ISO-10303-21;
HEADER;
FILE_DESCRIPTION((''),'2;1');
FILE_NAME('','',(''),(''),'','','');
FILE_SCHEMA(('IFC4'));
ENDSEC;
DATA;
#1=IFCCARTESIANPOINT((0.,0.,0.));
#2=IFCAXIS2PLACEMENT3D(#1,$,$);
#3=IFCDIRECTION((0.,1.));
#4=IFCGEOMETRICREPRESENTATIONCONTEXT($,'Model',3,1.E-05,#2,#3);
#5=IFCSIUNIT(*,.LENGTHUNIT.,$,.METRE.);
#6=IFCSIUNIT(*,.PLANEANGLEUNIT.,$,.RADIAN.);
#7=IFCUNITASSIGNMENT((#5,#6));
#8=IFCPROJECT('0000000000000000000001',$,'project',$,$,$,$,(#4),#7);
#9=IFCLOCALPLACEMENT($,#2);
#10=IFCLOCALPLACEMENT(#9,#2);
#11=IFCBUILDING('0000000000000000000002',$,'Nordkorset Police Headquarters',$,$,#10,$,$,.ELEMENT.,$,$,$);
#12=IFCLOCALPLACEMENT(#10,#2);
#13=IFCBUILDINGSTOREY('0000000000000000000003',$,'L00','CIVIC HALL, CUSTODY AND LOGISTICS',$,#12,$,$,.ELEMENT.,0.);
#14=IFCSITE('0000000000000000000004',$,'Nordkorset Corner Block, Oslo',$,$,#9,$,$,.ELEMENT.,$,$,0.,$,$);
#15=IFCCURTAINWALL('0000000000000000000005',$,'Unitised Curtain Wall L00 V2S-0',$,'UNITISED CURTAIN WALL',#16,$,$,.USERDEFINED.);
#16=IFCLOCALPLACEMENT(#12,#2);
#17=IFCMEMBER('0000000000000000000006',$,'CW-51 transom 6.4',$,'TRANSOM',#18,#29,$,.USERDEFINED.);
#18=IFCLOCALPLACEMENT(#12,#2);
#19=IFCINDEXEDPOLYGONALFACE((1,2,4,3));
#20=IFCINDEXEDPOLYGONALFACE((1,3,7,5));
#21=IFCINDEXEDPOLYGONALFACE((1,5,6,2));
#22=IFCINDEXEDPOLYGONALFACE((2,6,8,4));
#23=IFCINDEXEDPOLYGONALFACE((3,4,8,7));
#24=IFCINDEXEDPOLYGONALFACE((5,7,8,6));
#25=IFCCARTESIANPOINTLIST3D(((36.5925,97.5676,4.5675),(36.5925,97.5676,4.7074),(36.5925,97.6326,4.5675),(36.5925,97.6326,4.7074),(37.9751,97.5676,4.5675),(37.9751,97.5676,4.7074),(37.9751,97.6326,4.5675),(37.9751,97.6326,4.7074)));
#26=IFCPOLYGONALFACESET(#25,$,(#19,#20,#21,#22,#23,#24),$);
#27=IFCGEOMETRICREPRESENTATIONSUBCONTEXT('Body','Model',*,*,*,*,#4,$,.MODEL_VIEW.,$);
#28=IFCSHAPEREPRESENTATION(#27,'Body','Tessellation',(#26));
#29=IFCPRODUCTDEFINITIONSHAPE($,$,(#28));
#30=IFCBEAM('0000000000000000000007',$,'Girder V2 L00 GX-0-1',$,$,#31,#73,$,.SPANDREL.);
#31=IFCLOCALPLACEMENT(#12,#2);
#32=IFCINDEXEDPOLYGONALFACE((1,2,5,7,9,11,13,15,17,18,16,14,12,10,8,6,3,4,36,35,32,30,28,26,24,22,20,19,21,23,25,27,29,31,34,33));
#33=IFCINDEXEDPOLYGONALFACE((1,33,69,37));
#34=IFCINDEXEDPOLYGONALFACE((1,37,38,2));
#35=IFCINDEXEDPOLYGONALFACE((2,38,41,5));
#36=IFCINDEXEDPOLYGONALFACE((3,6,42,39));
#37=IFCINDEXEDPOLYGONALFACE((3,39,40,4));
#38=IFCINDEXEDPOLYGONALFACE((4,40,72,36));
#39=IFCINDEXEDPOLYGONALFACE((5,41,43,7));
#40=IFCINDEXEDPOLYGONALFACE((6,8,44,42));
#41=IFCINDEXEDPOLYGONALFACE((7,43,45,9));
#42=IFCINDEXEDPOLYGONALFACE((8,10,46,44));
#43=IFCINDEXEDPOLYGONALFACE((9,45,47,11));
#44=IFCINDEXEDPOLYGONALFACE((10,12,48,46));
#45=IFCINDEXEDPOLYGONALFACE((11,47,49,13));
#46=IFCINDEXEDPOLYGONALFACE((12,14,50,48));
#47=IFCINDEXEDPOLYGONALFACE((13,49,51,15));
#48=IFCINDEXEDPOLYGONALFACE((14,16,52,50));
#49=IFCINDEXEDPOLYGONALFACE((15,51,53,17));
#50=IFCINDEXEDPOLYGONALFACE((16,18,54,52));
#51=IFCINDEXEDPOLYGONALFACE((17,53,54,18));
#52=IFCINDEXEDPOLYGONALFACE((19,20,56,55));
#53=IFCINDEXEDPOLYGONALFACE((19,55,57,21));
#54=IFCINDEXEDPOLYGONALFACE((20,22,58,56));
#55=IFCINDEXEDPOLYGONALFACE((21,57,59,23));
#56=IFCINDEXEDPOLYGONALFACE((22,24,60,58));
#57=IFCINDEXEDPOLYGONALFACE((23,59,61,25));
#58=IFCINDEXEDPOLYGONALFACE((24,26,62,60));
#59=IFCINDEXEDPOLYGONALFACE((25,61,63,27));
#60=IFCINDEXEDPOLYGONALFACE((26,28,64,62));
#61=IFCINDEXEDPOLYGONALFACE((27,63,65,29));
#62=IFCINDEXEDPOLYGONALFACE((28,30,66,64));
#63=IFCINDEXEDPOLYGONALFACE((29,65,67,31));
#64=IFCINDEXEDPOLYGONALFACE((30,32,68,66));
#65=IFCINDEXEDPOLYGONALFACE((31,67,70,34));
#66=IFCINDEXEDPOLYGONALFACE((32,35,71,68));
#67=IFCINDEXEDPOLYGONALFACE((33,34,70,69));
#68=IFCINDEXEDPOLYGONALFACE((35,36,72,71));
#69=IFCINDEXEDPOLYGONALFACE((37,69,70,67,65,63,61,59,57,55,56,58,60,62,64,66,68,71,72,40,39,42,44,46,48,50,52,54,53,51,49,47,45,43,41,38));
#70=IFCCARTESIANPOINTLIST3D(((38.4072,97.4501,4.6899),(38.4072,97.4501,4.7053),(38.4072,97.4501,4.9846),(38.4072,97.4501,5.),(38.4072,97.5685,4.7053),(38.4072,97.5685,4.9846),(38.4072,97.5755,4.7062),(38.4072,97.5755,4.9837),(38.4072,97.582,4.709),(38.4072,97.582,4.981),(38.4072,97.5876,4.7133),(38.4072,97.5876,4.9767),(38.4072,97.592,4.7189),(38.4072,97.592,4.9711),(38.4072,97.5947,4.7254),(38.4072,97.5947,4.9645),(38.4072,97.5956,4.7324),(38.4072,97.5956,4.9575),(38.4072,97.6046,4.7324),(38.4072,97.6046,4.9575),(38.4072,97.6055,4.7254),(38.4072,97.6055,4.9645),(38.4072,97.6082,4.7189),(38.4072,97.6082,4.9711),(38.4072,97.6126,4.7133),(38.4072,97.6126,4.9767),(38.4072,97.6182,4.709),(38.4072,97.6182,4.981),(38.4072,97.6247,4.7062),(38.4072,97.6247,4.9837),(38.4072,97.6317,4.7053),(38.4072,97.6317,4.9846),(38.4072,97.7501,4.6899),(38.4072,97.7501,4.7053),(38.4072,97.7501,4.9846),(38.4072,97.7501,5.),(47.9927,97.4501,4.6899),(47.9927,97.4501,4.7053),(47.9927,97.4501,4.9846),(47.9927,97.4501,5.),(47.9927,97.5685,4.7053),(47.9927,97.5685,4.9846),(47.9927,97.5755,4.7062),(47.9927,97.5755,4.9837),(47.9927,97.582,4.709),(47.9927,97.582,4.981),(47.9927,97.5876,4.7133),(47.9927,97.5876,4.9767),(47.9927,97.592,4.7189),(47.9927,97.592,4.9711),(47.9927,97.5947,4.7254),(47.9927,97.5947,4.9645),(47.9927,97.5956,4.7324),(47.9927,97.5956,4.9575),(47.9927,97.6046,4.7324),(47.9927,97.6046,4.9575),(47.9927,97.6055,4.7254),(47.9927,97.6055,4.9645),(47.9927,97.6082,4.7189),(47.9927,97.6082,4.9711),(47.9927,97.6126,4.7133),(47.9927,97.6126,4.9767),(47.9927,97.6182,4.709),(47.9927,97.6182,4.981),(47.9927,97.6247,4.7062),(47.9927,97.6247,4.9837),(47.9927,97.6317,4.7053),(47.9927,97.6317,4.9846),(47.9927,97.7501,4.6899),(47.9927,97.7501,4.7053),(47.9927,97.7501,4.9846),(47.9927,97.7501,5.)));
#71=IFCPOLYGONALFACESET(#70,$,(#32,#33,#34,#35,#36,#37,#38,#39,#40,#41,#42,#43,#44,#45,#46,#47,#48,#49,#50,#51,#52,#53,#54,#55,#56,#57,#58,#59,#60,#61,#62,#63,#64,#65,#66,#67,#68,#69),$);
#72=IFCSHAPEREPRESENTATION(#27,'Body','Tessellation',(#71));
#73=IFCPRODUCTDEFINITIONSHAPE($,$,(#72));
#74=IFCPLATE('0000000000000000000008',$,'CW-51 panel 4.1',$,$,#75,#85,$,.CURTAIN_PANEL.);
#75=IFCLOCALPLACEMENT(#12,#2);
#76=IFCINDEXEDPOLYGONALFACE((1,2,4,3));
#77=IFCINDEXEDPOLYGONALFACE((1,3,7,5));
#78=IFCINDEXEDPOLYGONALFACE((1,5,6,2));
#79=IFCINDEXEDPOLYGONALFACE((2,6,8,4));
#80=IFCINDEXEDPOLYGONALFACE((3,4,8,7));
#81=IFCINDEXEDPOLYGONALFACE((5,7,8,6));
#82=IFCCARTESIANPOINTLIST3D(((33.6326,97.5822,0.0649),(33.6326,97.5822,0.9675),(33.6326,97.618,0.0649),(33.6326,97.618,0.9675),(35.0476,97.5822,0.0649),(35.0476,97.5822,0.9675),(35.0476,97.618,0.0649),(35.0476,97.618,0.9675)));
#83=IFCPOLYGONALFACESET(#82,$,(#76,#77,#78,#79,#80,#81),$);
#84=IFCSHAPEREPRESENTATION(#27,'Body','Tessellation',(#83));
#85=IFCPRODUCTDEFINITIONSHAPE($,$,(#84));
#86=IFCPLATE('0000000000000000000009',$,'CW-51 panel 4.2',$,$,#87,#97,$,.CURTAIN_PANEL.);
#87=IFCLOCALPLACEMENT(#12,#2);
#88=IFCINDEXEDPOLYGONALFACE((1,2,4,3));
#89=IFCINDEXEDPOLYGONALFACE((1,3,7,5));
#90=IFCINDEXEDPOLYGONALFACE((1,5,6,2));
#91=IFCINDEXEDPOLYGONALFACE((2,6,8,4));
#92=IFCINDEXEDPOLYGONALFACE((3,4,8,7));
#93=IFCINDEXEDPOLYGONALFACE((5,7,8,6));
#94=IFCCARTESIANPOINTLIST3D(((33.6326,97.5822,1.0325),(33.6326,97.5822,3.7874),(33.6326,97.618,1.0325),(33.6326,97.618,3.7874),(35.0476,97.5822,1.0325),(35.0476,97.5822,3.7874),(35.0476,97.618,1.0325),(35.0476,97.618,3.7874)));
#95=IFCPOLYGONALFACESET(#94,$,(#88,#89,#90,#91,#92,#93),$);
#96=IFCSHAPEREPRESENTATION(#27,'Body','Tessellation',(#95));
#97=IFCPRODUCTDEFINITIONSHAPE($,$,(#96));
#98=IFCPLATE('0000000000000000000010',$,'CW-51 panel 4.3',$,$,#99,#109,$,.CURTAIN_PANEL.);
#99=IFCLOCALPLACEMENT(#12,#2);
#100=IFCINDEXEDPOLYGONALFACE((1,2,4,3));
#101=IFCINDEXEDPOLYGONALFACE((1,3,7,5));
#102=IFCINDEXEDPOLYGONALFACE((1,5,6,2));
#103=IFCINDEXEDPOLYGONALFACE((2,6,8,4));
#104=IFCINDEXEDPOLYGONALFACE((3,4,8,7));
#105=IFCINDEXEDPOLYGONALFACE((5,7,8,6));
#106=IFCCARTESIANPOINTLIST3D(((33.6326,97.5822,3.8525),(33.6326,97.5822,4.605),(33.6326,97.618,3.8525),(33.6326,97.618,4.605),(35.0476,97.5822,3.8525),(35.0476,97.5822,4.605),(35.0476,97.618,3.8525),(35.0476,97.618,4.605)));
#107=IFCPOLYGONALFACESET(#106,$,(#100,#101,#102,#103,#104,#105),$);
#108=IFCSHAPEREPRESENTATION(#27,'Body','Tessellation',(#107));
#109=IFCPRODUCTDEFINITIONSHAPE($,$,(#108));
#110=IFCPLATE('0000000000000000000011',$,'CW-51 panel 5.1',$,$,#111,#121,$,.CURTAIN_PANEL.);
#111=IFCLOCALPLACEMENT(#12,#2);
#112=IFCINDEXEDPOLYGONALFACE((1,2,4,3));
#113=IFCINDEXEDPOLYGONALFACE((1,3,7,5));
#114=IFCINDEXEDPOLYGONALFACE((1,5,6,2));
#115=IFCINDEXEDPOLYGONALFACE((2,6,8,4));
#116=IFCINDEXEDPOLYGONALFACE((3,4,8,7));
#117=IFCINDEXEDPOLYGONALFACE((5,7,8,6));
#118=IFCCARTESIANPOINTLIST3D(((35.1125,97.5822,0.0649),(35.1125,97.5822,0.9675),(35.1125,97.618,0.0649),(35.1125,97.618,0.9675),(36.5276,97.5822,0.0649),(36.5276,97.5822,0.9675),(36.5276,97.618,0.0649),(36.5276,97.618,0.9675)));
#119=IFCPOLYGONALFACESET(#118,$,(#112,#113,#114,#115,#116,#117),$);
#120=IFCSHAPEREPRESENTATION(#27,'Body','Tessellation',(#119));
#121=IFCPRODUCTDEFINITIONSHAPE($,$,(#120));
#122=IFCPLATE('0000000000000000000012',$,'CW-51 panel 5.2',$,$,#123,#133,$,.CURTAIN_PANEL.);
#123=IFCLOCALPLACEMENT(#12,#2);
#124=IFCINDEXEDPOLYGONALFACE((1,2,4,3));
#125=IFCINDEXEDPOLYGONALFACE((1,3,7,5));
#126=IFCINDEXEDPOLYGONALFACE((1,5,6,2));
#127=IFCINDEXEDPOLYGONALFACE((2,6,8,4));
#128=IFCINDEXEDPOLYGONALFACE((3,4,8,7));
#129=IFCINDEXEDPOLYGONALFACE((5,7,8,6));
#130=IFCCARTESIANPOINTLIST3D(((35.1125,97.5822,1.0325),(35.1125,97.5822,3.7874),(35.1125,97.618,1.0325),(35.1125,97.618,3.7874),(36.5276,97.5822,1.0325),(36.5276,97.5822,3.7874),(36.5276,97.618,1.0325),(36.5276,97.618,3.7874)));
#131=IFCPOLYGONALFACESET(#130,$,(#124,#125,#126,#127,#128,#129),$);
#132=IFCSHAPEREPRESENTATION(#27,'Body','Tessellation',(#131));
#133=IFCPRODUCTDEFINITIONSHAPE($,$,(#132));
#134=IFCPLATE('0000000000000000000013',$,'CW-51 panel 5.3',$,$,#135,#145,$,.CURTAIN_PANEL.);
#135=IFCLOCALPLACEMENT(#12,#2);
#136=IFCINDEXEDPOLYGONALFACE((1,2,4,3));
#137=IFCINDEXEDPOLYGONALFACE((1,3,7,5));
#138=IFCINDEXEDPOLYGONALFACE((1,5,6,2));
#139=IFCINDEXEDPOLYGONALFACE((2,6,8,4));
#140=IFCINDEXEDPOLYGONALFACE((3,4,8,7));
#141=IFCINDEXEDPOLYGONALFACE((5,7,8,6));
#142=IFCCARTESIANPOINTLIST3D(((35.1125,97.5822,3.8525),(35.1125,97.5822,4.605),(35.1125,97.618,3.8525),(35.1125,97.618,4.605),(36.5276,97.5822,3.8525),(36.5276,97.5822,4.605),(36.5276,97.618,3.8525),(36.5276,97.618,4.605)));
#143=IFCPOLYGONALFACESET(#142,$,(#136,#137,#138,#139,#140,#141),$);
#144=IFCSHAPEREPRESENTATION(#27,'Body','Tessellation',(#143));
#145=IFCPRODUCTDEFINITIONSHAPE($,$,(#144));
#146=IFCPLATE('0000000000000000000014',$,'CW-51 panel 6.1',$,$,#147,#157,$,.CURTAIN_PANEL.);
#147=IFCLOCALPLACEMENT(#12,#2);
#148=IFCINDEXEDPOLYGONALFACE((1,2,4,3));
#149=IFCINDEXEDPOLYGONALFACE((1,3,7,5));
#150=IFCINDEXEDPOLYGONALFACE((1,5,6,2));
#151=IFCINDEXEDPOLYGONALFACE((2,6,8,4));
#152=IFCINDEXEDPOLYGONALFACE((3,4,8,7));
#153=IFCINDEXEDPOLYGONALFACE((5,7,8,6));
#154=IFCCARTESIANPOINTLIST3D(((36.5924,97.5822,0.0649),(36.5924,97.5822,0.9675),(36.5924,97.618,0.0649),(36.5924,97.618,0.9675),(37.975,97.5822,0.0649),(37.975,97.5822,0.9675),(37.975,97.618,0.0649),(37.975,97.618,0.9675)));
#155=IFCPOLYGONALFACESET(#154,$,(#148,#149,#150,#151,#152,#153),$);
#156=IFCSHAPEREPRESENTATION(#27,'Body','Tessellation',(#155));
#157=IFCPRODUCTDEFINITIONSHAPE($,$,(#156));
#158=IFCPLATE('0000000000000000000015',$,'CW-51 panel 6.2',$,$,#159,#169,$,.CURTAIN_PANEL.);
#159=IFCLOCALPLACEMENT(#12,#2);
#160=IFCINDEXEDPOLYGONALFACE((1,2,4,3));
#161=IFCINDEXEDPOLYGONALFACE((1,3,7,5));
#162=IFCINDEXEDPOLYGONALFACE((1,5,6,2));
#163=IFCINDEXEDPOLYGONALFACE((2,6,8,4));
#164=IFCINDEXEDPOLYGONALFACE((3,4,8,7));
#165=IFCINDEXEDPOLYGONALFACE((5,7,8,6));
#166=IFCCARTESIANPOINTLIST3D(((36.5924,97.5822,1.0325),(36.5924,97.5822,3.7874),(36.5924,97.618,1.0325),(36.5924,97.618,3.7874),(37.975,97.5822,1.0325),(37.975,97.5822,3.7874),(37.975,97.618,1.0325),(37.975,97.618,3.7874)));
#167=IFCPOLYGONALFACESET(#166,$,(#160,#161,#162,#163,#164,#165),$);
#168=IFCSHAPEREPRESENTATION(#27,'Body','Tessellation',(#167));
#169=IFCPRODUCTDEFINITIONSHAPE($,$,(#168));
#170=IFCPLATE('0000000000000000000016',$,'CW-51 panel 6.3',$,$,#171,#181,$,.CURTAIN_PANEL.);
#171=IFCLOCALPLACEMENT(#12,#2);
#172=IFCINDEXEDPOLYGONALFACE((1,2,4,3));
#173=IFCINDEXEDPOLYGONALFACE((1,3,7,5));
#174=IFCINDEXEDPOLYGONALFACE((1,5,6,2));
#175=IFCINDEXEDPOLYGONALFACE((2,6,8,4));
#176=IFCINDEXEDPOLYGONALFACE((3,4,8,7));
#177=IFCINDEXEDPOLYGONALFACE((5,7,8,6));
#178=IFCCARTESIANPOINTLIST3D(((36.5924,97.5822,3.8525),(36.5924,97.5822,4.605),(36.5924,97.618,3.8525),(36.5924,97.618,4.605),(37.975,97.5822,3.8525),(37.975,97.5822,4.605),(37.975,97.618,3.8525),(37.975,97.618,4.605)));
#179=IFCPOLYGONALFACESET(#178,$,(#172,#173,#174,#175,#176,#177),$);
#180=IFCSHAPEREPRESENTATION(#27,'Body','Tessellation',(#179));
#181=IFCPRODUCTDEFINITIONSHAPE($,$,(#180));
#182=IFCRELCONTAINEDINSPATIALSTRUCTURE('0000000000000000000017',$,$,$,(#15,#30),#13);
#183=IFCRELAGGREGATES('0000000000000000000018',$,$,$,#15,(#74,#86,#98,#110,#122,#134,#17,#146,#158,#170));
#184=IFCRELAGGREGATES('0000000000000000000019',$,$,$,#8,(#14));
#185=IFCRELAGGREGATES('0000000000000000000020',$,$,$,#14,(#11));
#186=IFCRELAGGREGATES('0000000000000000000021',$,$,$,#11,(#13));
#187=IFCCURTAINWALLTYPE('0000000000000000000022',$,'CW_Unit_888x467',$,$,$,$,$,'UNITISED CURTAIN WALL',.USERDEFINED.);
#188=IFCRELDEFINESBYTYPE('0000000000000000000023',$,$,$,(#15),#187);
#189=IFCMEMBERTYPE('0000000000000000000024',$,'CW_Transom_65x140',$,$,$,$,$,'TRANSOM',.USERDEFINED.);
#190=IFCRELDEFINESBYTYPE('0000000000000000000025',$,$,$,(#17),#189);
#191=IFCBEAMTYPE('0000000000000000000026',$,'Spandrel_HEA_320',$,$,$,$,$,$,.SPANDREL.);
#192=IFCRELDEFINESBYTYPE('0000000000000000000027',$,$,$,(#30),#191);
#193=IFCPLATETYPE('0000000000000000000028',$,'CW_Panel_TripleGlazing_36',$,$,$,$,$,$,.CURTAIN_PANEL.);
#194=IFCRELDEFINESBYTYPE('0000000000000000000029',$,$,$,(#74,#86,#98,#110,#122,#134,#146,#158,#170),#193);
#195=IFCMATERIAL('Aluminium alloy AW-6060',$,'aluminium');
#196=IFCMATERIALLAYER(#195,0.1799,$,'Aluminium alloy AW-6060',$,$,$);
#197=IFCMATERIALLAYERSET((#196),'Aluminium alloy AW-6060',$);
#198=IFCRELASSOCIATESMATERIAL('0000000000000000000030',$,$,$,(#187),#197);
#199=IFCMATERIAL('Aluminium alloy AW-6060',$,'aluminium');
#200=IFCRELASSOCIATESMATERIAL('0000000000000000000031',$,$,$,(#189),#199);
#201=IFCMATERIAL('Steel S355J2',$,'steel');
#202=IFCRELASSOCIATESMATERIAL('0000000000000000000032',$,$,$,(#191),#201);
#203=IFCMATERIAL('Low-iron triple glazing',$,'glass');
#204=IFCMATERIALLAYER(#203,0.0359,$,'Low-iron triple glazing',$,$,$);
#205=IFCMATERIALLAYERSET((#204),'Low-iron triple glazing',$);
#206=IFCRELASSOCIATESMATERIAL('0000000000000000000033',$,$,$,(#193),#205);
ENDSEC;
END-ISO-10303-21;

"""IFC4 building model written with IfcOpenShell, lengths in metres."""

from ifc_helpers import new_model, si_unit, direction, frame, origin, origin_2d, place, context, subcontext, project, spatial, rectangle, i_section, extrude, material, layer, layer_set, material_profile, profile_set, type_object, element, aggregate, save


model = new_model("IFC4")

# Units and contexts
model_context = context("Model", 3, precision=1e-05, world=origin(), true_north=direction((0.0, 1.0)))
body_context = subcontext(model_context, "Body", "Model", "MODEL_VIEW")
ifc_project = project(units=[si_unit("LENGTHUNIT", "METRE"), si_unit("PLANEANGLEUNIT", "RADIAN")], contexts=[model_context])

# Site, building, storey
site_placement = place(None, origin())
site = spatial("IfcSite", under=ifc_project, at=site_placement, Name="Nordkorset Corner Block, Oslo", CompositionType="ELEMENT", RefElevation=0.0)
building_placement = place(site_placement, origin())
building = spatial("IfcBuilding", under=site, at=building_placement, Name="Nordkorset Police Headquarters", CompositionType="ELEMENT")
storey_placement = place(building_placement, origin())
storey = spatial("IfcBuildingStorey", under=building, at=storey_placement, Name="L00", Description="CIVIC HALL, CUSTODY AND LOGISTICS", CompositionType="ELEMENT", Elevation=0.0)

# Curtain wall, member
ifc_material_1 = material(Name="Aluminium alloy AW-6060", Category="aluminium")
ifc_layer_1 = layer(ifc_material_1, 0.1799, Name="Aluminium alloy AW-6060")
ifc_layer_set_1 = layer_set([ifc_layer_1], Name="Aluminium alloy AW-6060")
curtain_wall_type = type_object("IfcCurtainWallType", Name="CW_Unit_888x467", ElementType="UNITISED CURTAIN WALL", PredefinedType="USERDEFINED", material=ifc_layer_set_1)
curtain_wall_placement = place(storey_placement, origin())
curtain_wall = element("IfcCurtainWall", 1, at=curtain_wall_placement, inside=storey, type_object=curtain_wall_type, Name="Unitised Curtain Wall L00 V2S-0", ObjectType="UNITISED CURTAIN WALL", PredefinedType="USERDEFINED")
ifc_material_2 = material(Name="Aluminium alloy AW-6060", Category="aluminium")
ifc_material_profile_1 = material_profile(ifc_material_2, rectangle(XDim=0.0649, YDim=0.1399, at=origin_2d()), Name="ALU TRAN 65x140")
ifc_profile_set_1 = profile_set([ifc_material_profile_1], Name="Aluminium alloy AW-6060")
member_type_1 = type_object("IfcMemberType", Name="CW_Transom_65x140", ElementType="TRANSOM", PredefinedType="USERDEFINED", material=ifc_profile_set_1)
member_1_placement = place(storey_placement, frame((36.5925, 97.6001, 4.6375), z_axis=(1.0, 0.0, 0.0), x_axis=(0.0, 1.0, 0.0)))
member_1 = element("IfcMember", 2, at=member_1_placement, type_object=member_type_1, Name="CW-51 transom 6.4", ObjectType="TRANSOM", PredefinedType="USERDEFINED", context=body_context, shape_type="SweptSolid", body=[
    extrude(rectangle(XDim=0.0649, YDim=0.1399, at=origin_2d()), origin(), (0.0, 0.0, 1.0), 1.3826),
])

# Beam
ifc_material_3 = material(Name="Steel S355J2", Category="steel")
ifc_material_profile_2 = material_profile(ifc_material_3, i_section(OverallWidth=0.3, OverallDepth=0.3101, WebThickness=0.009, FlangeThickness=0.0154, FilletRadius=0.0271, at=origin_2d()), Name="HEA 320")
ifc_profile_set_2 = profile_set([ifc_material_profile_2], Name="Steel S355J2")
beam_type = type_object("IfcBeamType", Name="Spandrel_HEA_320", PredefinedType="SPANDREL", material=ifc_profile_set_2)
beam_placement = place(storey_placement, frame((38.4072, 97.6001, 4.845), z_axis=(1.0, 0.0, 0.0), x_axis=(0.0, 1.0, 0.0)))
element("IfcBeam", 3, at=beam_placement, inside=storey, type_object=beam_type, Name="Girder V2 L00 GX-0-1", PredefinedType="SPANDREL", context=body_context, shape_type="SweptSolid", body=[
    extrude(i_section(OverallWidth=0.3, OverallDepth=0.3101, WebThickness=0.009, FlangeThickness=0.0154, FilletRadius=0.0271, at=origin_2d()), origin(), (0.0, 0.0, 1.0), 9.5854),
])

# Plates
ifc_material_4 = material(Name="Low-iron triple glazing", Category="glass")
ifc_layer_2 = layer(ifc_material_4, 0.0359, Name="Low-iron triple glazing")
ifc_layer_set_2 = layer_set([ifc_layer_2], Name="Low-iron triple glazing")
plate_type = type_object("IfcPlateType", Name="CW_Panel_TripleGlazing_36", PredefinedType="CURTAIN_PANEL", material=ifc_layer_set_2)
plate_1_placement = place(storey_placement, frame((34.3401, 97.6001, 0.0649), z_axis=(0.0, 0.0, 1.0), x_axis=(1.0, 0.0, 0.0)))
plate_1 = element("IfcPlate", 4, at=plate_1_placement, type_object=plate_type, Name="CW-51 panel 4.1", PredefinedType="CURTAIN_PANEL", context=body_context, shape_type="SweptSolid", body=[
    extrude(rectangle(XDim=1.415, YDim=0.0359, at=origin_2d()), origin(), (0.0, 0.0, 1.0), 0.9026),
])
plate_2_placement = place(storey_placement, frame((34.3401, 97.6001, 1.0325), z_axis=(0.0, 0.0, 1.0), x_axis=(1.0, 0.0, 0.0)))
plate_2 = element("IfcPlate", 5, at=plate_2_placement, type_object=plate_type, Name="CW-51 panel 4.2", PredefinedType="CURTAIN_PANEL", context=body_context, shape_type="SweptSolid", body=[
    extrude(rectangle(XDim=1.415, YDim=0.0359, at=origin_2d()), origin(), (0.0, 0.0, 1.0), 2.7549),
])
plate_3_placement = place(storey_placement, frame((34.3401, 97.6001, 3.8525), z_axis=(0.0, 0.0, 1.0), x_axis=(1.0, 0.0, 0.0)))
plate_3 = element("IfcPlate", 6, at=plate_3_placement, type_object=plate_type, Name="CW-51 panel 4.3", PredefinedType="CURTAIN_PANEL", context=body_context, shape_type="SweptSolid", body=[
    extrude(rectangle(XDim=1.415, YDim=0.0359, at=origin_2d()), origin(), (0.0, 0.0, 1.0), 0.7524),
])
plate_4_placement = place(storey_placement, frame((35.8201, 97.6001, 0.0649), z_axis=(0.0, 0.0, 1.0), x_axis=(1.0, 0.0, 0.0)))
plate_4 = element("IfcPlate", 7, at=plate_4_placement, type_object=plate_type, Name="CW-51 panel 5.1", PredefinedType="CURTAIN_PANEL", context=body_context, shape_type="SweptSolid", body=[
    extrude(rectangle(XDim=1.415, YDim=0.0359, at=origin_2d()), origin(), (0.0, 0.0, 1.0), 0.9026),
])
plate_5_placement = place(storey_placement, frame((35.8201, 97.6001, 1.0325), z_axis=(0.0, 0.0, 1.0), x_axis=(1.0, 0.0, 0.0)))
plate_5 = element("IfcPlate", 8, at=plate_5_placement, type_object=plate_type, Name="CW-51 panel 5.2", PredefinedType="CURTAIN_PANEL", context=body_context, shape_type="SweptSolid", body=[
    extrude(rectangle(XDim=1.415, YDim=0.0359, at=origin_2d()), origin(), (0.0, 0.0, 1.0), 2.7549),
])
plate_6_placement = place(storey_placement, frame((35.8201, 97.6001, 3.8525), z_axis=(0.0, 0.0, 1.0), x_axis=(1.0, 0.0, 0.0)))
plate_6 = element("IfcPlate", 9, at=plate_6_placement, type_object=plate_type, Name="CW-51 panel 5.3", PredefinedType="CURTAIN_PANEL", context=body_context, shape_type="SweptSolid", body=[
    extrude(rectangle(XDim=1.415, YDim=0.0359, at=origin_2d()), origin(), (0.0, 0.0, 1.0), 0.7524),
])
plate_7_placement = place(storey_placement, frame((37.2837, 97.6001, 0.0649), z_axis=(0.0, 0.0, 1.0), x_axis=(1.0, 0.0, 0.0)))
plate_7 = element("IfcPlate", 10, at=plate_7_placement, type_object=plate_type, Name="CW-51 panel 6.1", PredefinedType="CURTAIN_PANEL", context=body_context, shape_type="SweptSolid", body=[
    extrude(rectangle(XDim=1.3826, YDim=0.0359, at=origin_2d()), origin(), (0.0, 0.0, 1.0), 0.9026),
])
plate_8_placement = place(storey_placement, frame((37.2837, 97.6001, 1.0325), z_axis=(0.0, 0.0, 1.0), x_axis=(1.0, 0.0, 0.0)))
plate_8 = element("IfcPlate", 11, at=plate_8_placement, type_object=plate_type, Name="CW-51 panel 6.2", PredefinedType="CURTAIN_PANEL", context=body_context, shape_type="SweptSolid", body=[
    extrude(rectangle(XDim=1.3826, YDim=0.0359, at=origin_2d()), origin(), (0.0, 0.0, 1.0), 2.7549),
])
plate_9_placement = place(storey_placement, frame((37.2837, 97.6001, 3.8525), z_axis=(0.0, 0.0, 1.0), x_axis=(1.0, 0.0, 0.0)))
plate_9 = element("IfcPlate", 12, at=plate_9_placement, type_object=plate_type, Name="CW-51 panel 6.3", PredefinedType="CURTAIN_PANEL", context=body_context, shape_type="SweptSolid", body=[
    extrude(rectangle(XDim=1.3826, YDim=0.0359, at=origin_2d()), origin(), (0.0, 0.0, 1.0), 0.7524),
])
aggregate(curtain_wall, [plate_1, plate_2, plate_3, plate_4, plate_5, plate_6, member_1, plate_7, plate_8, plate_9])

save(model, "model.ifc")
